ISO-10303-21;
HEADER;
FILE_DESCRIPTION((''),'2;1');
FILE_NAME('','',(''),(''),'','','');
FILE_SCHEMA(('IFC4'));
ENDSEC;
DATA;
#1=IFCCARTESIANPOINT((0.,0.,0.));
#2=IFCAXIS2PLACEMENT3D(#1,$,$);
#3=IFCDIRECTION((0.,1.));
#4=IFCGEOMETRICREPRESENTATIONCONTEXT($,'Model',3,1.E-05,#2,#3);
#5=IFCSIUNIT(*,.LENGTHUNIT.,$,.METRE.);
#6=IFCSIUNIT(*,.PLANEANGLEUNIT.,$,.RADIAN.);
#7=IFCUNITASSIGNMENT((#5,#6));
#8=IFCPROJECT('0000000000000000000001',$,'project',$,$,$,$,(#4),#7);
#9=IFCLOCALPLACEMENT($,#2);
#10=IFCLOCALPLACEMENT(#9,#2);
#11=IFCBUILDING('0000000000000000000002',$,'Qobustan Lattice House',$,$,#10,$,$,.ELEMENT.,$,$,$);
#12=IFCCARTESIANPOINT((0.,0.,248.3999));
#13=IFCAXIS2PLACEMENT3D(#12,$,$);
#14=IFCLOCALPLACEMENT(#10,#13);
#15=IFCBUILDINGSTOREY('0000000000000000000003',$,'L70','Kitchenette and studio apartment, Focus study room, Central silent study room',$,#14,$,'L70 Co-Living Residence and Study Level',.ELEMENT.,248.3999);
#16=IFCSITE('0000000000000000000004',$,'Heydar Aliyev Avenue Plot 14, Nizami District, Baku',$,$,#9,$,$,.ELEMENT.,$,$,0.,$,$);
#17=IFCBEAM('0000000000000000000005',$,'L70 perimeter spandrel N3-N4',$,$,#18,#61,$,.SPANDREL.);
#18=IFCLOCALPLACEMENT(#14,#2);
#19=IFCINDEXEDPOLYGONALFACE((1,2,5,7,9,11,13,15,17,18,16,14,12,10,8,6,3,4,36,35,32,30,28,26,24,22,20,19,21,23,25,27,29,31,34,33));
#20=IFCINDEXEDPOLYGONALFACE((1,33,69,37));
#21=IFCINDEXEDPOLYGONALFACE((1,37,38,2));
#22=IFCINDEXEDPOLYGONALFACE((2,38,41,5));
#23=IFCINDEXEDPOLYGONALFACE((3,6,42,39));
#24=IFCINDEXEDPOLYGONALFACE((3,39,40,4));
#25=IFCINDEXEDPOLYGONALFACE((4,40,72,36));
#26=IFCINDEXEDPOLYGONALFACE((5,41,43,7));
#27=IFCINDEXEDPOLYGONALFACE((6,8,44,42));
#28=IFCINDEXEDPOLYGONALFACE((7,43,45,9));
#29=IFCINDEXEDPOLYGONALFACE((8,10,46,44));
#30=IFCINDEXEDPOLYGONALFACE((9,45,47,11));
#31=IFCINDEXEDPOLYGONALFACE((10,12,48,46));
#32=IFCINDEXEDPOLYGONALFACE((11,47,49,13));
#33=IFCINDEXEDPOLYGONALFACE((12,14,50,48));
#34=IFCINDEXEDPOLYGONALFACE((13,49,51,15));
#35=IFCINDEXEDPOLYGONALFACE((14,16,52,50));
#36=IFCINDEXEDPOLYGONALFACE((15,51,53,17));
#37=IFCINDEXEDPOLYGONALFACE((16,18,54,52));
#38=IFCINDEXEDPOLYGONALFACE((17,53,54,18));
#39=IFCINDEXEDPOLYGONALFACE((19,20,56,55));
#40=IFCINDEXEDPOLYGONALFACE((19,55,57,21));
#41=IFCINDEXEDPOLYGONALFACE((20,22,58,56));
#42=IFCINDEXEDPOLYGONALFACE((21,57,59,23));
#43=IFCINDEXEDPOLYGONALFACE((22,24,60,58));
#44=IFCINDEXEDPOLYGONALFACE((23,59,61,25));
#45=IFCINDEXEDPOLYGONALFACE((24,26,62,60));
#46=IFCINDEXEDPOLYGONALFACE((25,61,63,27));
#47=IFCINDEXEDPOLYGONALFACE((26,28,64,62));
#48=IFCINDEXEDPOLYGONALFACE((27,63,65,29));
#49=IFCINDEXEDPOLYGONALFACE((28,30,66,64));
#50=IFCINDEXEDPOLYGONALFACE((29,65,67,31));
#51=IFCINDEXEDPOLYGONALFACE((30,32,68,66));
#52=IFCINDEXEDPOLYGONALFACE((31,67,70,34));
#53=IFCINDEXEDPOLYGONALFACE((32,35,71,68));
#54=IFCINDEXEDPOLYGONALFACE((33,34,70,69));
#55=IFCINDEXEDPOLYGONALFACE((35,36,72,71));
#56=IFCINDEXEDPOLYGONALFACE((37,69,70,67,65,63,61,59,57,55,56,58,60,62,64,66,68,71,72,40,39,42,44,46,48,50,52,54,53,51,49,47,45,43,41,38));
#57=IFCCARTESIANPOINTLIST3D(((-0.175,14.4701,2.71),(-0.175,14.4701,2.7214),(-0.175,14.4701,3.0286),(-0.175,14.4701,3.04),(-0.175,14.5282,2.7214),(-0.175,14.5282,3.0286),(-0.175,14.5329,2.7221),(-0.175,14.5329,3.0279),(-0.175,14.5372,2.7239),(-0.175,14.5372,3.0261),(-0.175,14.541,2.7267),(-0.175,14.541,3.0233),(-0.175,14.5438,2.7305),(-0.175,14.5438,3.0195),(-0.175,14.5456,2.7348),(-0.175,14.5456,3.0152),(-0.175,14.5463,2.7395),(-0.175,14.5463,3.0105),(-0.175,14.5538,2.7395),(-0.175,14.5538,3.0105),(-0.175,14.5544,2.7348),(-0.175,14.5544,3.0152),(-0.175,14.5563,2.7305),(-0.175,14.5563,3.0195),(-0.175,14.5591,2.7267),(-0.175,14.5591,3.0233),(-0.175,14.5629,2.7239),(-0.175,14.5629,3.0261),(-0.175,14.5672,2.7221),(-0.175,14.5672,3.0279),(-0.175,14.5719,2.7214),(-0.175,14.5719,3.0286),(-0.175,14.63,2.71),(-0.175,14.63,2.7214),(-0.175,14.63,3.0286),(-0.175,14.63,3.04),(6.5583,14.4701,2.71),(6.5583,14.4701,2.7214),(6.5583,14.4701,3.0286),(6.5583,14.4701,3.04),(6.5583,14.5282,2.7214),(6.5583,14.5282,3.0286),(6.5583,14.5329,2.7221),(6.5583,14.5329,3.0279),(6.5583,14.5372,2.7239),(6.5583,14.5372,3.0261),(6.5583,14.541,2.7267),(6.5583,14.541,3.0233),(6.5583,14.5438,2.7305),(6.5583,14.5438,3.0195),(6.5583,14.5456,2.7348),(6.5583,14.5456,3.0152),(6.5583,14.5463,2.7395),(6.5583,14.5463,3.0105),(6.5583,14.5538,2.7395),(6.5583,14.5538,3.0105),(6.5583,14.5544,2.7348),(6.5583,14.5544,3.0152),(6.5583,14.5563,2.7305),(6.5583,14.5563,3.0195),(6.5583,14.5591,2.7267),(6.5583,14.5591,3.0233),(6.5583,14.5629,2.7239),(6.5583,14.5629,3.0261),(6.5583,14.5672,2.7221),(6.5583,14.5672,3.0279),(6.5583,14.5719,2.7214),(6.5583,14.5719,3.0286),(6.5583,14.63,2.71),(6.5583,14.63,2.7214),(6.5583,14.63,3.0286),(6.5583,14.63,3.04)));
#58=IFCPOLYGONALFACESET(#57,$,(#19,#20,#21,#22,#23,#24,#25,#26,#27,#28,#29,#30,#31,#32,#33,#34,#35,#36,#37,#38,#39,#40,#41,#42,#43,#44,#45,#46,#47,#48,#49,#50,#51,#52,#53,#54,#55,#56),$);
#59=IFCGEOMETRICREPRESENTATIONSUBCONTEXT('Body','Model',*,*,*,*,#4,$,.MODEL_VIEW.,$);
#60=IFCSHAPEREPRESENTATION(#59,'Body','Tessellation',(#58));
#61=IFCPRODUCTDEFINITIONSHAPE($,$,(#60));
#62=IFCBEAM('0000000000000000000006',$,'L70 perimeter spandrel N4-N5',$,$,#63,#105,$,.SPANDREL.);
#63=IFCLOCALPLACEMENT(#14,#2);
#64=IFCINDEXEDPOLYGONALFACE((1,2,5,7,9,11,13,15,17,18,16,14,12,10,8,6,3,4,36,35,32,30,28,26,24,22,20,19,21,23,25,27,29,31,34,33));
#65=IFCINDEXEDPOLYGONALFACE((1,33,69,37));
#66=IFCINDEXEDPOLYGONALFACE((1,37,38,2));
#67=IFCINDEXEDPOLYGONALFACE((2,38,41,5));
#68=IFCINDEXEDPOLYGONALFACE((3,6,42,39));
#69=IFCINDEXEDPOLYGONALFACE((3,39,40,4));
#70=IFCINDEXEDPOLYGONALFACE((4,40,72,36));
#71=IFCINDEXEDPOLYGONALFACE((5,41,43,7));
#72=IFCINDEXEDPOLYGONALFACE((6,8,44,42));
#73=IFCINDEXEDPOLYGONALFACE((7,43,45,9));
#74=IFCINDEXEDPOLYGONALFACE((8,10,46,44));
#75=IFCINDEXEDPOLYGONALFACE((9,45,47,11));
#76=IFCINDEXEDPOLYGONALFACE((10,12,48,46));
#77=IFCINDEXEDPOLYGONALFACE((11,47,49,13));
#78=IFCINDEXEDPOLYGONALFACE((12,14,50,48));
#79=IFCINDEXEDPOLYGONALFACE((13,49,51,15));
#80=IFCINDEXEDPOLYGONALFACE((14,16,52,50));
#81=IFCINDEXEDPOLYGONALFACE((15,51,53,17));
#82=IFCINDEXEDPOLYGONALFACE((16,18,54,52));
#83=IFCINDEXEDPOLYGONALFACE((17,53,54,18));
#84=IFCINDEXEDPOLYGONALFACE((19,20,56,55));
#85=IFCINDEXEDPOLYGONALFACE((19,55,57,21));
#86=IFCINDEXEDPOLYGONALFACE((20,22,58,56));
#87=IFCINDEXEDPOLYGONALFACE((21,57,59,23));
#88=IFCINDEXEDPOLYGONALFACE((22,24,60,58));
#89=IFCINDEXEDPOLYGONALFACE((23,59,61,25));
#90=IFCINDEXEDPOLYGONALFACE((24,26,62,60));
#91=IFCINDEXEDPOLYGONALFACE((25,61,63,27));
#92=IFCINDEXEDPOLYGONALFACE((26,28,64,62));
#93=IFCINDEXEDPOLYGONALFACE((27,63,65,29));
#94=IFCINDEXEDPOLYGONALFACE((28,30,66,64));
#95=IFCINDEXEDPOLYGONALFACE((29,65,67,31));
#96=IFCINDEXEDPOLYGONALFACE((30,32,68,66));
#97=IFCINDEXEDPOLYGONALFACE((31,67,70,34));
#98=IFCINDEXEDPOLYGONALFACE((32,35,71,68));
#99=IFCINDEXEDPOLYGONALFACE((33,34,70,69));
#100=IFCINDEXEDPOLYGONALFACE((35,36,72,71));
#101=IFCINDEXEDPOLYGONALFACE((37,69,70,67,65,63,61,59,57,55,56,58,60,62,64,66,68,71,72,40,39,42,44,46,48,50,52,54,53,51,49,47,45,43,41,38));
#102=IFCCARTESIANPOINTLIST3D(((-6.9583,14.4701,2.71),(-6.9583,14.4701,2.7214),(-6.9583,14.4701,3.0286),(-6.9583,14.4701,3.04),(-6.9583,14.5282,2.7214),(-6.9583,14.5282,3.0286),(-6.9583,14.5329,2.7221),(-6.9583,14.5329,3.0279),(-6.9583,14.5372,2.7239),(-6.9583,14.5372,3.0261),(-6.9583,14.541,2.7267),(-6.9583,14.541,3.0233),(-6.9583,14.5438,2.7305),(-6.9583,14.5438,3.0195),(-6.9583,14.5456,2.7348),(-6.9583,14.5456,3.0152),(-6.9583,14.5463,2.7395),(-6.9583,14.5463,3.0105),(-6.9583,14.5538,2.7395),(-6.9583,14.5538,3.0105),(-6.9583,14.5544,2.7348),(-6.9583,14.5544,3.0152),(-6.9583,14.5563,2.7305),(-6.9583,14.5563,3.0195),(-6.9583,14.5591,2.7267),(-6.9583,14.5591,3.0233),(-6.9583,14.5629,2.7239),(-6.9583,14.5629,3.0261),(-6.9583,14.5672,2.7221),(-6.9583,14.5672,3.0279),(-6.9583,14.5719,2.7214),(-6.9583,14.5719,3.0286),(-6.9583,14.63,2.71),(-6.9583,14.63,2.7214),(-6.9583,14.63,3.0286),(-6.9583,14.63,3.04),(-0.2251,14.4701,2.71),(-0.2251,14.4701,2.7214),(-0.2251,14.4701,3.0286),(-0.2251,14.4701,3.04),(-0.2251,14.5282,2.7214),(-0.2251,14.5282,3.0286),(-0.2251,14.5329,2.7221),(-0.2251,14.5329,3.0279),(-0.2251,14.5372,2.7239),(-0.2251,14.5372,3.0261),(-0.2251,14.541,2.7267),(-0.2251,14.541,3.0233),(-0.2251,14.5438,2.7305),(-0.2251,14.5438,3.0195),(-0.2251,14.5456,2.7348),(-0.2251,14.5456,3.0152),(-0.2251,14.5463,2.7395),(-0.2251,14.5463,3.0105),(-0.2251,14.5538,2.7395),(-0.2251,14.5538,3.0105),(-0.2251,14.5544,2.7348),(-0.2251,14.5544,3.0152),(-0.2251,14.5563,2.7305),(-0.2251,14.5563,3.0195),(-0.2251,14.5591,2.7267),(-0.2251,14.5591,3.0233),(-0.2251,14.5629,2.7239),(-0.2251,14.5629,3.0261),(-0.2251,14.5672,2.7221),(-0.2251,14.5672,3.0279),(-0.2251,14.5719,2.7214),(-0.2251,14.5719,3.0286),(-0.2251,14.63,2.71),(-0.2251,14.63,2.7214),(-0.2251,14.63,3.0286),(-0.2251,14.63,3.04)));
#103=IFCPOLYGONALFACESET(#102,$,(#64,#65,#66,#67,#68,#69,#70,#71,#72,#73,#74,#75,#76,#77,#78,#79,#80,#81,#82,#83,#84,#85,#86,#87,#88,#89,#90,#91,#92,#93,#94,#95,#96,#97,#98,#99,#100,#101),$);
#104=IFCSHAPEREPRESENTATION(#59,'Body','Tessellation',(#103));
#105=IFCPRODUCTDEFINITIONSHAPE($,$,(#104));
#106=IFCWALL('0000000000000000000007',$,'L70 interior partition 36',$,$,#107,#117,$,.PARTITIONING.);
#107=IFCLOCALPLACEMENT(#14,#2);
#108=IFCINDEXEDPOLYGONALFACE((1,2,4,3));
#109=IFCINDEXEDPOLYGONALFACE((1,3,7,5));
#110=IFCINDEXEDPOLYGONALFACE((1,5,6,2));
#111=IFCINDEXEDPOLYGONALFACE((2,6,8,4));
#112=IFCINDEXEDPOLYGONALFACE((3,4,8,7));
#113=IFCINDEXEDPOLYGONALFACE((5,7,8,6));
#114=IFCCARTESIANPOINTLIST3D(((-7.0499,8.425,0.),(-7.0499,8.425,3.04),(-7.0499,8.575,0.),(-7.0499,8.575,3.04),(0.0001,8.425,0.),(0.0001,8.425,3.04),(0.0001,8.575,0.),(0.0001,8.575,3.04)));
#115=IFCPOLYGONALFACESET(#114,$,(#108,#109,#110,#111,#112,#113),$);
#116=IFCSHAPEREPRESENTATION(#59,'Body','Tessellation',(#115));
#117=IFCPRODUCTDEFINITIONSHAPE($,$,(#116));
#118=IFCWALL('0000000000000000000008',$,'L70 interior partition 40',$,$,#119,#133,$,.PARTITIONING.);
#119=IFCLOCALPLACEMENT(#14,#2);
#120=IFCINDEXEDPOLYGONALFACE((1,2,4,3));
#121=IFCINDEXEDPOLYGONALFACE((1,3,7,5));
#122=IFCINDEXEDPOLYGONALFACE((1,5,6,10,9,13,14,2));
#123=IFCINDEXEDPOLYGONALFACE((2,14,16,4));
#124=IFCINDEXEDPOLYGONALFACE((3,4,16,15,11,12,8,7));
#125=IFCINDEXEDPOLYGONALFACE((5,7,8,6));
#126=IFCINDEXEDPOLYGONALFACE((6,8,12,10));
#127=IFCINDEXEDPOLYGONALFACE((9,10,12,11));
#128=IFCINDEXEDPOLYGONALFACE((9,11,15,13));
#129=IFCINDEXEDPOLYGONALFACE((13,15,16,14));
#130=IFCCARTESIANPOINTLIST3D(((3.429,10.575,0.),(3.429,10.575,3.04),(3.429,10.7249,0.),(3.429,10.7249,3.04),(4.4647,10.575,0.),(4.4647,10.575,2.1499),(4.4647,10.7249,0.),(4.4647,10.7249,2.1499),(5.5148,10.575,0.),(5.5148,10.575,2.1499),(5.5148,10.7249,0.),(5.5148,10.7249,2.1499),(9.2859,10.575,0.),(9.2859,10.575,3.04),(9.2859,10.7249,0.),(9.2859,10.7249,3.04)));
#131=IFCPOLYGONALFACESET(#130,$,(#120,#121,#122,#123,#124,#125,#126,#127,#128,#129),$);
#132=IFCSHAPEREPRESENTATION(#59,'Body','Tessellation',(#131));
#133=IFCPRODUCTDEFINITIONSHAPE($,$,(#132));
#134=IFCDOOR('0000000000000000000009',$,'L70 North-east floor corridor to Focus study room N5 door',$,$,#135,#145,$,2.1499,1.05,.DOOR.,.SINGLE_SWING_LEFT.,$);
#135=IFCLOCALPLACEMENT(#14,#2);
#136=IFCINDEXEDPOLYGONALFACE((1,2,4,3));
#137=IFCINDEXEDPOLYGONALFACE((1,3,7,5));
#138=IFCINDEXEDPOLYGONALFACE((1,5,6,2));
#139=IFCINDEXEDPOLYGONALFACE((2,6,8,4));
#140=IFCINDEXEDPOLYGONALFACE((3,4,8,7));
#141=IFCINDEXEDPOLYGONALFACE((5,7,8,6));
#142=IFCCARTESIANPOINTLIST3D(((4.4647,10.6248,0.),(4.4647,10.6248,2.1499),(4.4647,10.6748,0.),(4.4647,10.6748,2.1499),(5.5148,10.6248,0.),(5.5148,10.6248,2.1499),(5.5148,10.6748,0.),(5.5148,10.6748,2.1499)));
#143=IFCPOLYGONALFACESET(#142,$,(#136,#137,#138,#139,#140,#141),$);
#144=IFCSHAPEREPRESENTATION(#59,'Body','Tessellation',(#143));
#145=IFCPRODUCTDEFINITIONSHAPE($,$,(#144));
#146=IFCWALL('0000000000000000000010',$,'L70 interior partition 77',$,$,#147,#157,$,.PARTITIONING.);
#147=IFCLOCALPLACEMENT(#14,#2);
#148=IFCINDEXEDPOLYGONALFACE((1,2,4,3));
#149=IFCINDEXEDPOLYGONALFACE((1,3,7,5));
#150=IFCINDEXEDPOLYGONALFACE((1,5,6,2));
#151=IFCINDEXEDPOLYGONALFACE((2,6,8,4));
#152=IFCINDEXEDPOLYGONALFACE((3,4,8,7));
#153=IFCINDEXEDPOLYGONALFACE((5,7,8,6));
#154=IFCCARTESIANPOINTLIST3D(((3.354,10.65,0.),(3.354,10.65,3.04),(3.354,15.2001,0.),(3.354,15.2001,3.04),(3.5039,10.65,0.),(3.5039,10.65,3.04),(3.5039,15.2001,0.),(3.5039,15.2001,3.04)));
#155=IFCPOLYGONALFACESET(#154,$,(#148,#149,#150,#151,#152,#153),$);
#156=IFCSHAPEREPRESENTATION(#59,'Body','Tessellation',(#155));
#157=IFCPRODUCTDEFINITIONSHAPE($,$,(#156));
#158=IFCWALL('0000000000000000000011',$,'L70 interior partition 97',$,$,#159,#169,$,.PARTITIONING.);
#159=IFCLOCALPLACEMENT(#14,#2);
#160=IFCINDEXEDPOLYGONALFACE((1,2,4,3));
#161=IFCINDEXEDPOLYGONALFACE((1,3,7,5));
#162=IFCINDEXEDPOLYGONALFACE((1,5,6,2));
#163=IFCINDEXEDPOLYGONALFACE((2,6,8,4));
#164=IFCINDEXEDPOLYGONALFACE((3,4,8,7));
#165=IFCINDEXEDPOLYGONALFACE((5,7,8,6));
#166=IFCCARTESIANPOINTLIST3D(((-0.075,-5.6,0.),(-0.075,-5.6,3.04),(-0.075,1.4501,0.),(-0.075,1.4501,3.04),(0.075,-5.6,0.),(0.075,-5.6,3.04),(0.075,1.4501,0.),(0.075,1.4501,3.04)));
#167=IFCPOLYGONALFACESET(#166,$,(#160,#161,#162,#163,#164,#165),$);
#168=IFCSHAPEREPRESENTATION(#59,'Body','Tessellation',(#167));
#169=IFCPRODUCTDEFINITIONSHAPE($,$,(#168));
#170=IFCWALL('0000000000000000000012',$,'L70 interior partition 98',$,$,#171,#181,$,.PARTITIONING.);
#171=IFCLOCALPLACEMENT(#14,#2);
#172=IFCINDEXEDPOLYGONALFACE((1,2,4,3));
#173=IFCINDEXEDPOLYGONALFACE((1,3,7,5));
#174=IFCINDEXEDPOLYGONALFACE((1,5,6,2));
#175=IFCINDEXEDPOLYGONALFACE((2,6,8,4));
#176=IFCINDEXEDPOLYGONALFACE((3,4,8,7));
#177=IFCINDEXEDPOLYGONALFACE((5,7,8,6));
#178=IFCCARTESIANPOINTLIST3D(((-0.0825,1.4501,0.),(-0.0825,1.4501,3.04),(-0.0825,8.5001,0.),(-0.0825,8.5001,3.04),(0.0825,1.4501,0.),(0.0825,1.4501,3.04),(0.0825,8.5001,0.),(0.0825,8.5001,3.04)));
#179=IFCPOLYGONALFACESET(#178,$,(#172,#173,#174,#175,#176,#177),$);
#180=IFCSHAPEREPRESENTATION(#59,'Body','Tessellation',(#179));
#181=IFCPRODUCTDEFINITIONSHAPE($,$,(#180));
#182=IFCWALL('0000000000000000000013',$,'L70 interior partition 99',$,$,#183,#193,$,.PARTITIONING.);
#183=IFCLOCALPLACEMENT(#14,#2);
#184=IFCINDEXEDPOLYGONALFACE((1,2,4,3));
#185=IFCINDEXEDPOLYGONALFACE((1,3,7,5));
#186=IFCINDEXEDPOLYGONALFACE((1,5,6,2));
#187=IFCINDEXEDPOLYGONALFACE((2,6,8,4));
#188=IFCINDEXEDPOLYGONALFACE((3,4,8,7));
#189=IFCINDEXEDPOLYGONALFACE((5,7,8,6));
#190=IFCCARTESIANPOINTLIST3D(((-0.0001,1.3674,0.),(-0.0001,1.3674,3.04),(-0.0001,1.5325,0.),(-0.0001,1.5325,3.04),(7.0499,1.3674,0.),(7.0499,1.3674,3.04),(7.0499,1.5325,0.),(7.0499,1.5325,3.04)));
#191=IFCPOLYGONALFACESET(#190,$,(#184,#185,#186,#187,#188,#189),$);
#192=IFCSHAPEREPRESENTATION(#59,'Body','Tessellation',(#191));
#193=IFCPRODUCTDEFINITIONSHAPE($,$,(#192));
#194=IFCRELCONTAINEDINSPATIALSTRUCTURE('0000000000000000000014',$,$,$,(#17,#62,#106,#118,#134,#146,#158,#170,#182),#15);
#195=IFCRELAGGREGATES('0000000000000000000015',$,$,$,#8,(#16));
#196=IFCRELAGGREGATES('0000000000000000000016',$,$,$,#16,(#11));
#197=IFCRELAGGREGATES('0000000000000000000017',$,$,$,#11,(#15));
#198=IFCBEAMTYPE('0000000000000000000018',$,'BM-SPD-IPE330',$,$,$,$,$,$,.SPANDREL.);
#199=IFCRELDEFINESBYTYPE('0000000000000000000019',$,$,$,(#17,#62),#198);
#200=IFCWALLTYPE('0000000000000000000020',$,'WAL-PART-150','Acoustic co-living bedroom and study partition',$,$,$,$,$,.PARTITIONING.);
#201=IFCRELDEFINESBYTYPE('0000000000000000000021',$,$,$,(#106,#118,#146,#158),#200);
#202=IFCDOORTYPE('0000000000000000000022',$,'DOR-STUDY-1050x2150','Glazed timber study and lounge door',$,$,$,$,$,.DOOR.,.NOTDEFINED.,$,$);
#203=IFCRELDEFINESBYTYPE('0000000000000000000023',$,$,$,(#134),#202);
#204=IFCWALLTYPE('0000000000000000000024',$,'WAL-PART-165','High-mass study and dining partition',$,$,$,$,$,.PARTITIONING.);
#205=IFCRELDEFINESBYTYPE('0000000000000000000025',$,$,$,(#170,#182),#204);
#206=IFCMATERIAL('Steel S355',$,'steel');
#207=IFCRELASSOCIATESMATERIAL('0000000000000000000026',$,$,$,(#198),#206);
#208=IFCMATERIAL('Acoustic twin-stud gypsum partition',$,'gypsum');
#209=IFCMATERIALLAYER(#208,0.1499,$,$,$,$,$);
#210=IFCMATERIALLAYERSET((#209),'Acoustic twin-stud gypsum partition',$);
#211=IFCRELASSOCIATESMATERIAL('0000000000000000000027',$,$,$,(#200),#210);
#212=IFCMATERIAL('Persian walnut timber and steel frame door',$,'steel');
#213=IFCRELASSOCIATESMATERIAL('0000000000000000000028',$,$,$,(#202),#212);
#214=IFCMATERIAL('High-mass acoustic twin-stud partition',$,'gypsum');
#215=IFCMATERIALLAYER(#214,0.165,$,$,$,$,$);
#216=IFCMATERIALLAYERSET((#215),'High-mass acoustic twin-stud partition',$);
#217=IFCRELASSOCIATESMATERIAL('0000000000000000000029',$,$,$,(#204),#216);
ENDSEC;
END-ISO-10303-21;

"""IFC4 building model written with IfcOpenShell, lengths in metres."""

from ifc_helpers import new_model, si_unit, direction, frame, frame_2d, origin, origin_2d, place, context, subcontext, project, spatial, rectangle, i_section, extrude, material, layer, layer_set, material_profile, profile_set, type_object, element, fill, save


model = new_model("IFC4")

# Units and contexts
model_context = context("Model", 3, precision=1e-05, world=origin(), true_north=direction((0.0, 1.0)))
body_context = subcontext(model_context, "Body", "Model", "MODEL_VIEW")
ifc_project = project(units=[si_unit("LENGTHUNIT", "METRE"), si_unit("PLANEANGLEUNIT", "RADIAN")], contexts=[model_context])

# Site, building, storey
site_placement = place(None, origin())
site = spatial("IfcSite", under=ifc_project, at=site_placement, Name="Heydar Aliyev Avenue Plot 14, Nizami District, Baku", CompositionType="ELEMENT", RefElevation=0.0)
building_placement = place(site_placement, origin())
building = spatial("IfcBuilding", under=site, at=building_placement, Name="Qobustan Lattice House", CompositionType="ELEMENT")
storey_placement = place(building_placement, frame((0.0, 0.0, 248.3999)))
storey = spatial("IfcBuildingStorey", under=building, at=storey_placement, Name="L70", Description="Kitchenette and studio apartment, Focus study room, Central silent study room", LongName="L70 Co-Living Residence and Study Level", CompositionType="ELEMENT", Elevation=248.3999)

# Beams
ifc_material_1 = material(Name="Steel S355", Category="steel")
ifc_material_profile_1 = material_profile(ifc_material_1, i_section(OverallWidth=0.1599, OverallDepth=0.3301, WebThickness=0.0076, FlangeThickness=0.0115, FilletRadius=0.0181, at=origin_2d()), Name="IPE330")
ifc_profile_set_1 = profile_set([ifc_material_profile_1], Name="Steel S355")
beam_type_1 = type_object("IfcBeamType", Name="BM-SPD-IPE330", PredefinedType="SPANDREL", material=ifc_profile_set_1)
beam_1_placement = place(storey_placement, frame((6.5583, 14.55, 2.875), z_axis=(-1.0, 0.0, 0.0), x_axis=(0.0, -1.0, 0.0)))
element("IfcBeam", 1, at=beam_1_placement, inside=storey, type_object=beam_type_1, Name="L70 perimeter spandrel N3-N4", PredefinedType="SPANDREL", context=body_context, shape_type="SweptSolid", body=[
    extrude(i_section(OverallWidth=0.1599, OverallDepth=0.3301, WebThickness=0.0076, FlangeThickness=0.0115, FilletRadius=0.0181, at=origin_2d()), origin(), (0.0, 0.0, 1.0), 6.7334),
])
beam_2_placement = place(storey_placement, frame((-0.2251, 14.55, 2.875), z_axis=(-1.0, 0.0, 0.0), x_axis=(0.0, -1.0, 0.0)))
element("IfcBeam", 2, at=beam_2_placement, inside=storey, type_object=beam_type_1, Name="L70 perimeter spandrel N4-N5", PredefinedType="SPANDREL", context=body_context, shape_type="SweptSolid", body=[
    extrude(i_section(OverallWidth=0.1599, OverallDepth=0.3301, WebThickness=0.0076, FlangeThickness=0.0115, FilletRadius=0.0181, at=origin_2d()), origin(), (0.0, 0.0, 1.0), 6.7332),
])

# Wall
ifc_material_2 = material(Name="Acoustic twin-stud gypsum partition", Category="gypsum")
ifc_layer_1 = layer(ifc_material_2, 0.1499)
ifc_layer_set_1 = layer_set([ifc_layer_1], Name="Acoustic twin-stud gypsum partition")
wall_type_1 = type_object("IfcWallType", Name="WAL-PART-150", Description="Acoustic co-living bedroom and study partition", PredefinedType="PARTITIONING", material=ifc_layer_set_1)
wall_1_placement = place(storey_placement, frame((0.0, 8.5, 0.0), z_axis=(0.0, 0.0, 1.0), x_axis=(-1.0, 0.0, 0.0)))
element("IfcWall", 3, at=wall_1_placement, inside=storey, type_object=wall_type_1, Name="L70 interior partition 36", PredefinedType="PARTITIONING", context=body_context, shape_type="SweptSolid", body=[
    extrude(rectangle(XDim=7.05, YDim=0.1499, at=frame_2d((3.5249, 0.0))), origin(), (0.0, 0.0, 1.0), 3.04),
])

# Wall, opening, door
ifc_material_3 = material(Name="Persian walnut timber and steel frame door", Category="steel")
door_type = type_object("IfcDoorType", Name="DOR-STUDY-1050x2150", Description="Glazed timber study and lounge door", OperationType="NOTDEFINED", PredefinedType="DOOR", material=ifc_material_3)
wall_2_placement = place(storey_placement, frame((3.429, 10.6499, 0.0), z_axis=(0.0, 0.0, 1.0), x_axis=(1.0, 0.0, 0.0)))
wall_2 = element("IfcWall", 4, at=wall_2_placement, inside=storey, type_object=wall_type_1, Name="L70 interior partition 40", PredefinedType="PARTITIONING", context=body_context, shape_type="SweptSolid", body=[
    extrude(rectangle(XDim=5.8569, YDim=0.1499, at=frame_2d((2.9285, 0.0))), origin(), (0.0, 0.0, 1.0), 3.04),
])
opening_1_placement = place(wall_2_placement, frame((1.0359, 0.0, 0.0)))
opening_1 = element("IfcOpeningElement", 5, at=opening_1_placement, cuts=wall_2, PredefinedType="OPENING", context=body_context, shape_type="SweptSolid", body=[
    extrude(rectangle(XDim=1.05, YDim=2.1499, at=frame_2d((0.5249, 1.075))), frame((0.0, 0.085, 0.0), z_axis=(0.0, -1.0, 0.0), x_axis=(1.0, 0.0, 0.0)), (0.0, 0.0, 1.0), 0.1699),
])
door_1_placement = place(opening_1_placement, origin())
door_1 = element("IfcDoor", 6, at=door_1_placement, inside=storey, type_object=door_type, Name="L70 North-east floor corridor to Focus study room N5 door", OperationType="SINGLE_SWING_LEFT", OverallHeight=2.1499, OverallWidth=1.05, PredefinedType="DOOR", context=body_context, shape_type="SweptSolid", body=[
    extrude(rectangle(XDim=1.05, YDim=2.1499, at=frame_2d((0.5249, 1.075))), frame((0.0, 0.0249, 0.0), z_axis=(0.0, -1.0, 0.0), x_axis=(1.0, 0.0, 0.0)), (0.0, 0.0, 1.0), 0.05),
])
fill(opening_1, door_1)

# Walls
wall_3_placement = place(storey_placement, frame((3.429, 15.2, 0.0), z_axis=(0.0, 0.0, 1.0), x_axis=(0.0, -1.0, 0.0)))
element("IfcWall", 7, at=wall_3_placement, inside=storey, type_object=wall_type_1, Name="L70 interior partition 77", PredefinedType="PARTITIONING", context=body_context, shape_type="SweptSolid", body=[
    extrude(rectangle(XDim=4.55, YDim=0.1499, at=frame_2d((2.2749, 0.0))), origin(), (0.0, 0.0, 1.0), 3.04),
])
wall_4_placement = place(storey_placement, frame((0.0, 1.45, 0.0), z_axis=(0.0, 0.0, 1.0), x_axis=(0.0, -1.0, 0.0)))
element("IfcWall", 8, at=wall_4_placement, inside=storey, type_object=wall_type_1, Name="L70 interior partition 97", PredefinedType="PARTITIONING", context=body_context, shape_type="SweptSolid", body=[
    extrude(rectangle(XDim=7.05, YDim=0.1499, at=frame_2d((3.5249, 0.0))), origin(), (0.0, 0.0, 1.0), 3.04),
])
ifc_material_4 = material(Name="High-mass acoustic twin-stud partition", Category="gypsum")
ifc_layer_2 = layer(ifc_material_4, 0.165)
ifc_layer_set_2 = layer_set([ifc_layer_2], Name="High-mass acoustic twin-stud partition")
wall_type_2 = type_object("IfcWallType", Name="WAL-PART-165", Description="High-mass study and dining partition", PredefinedType="PARTITIONING", material=ifc_layer_set_2)
for number, where, z_axis, x_axis, name in (
    (9, (0.0, 8.5, 0.0), (0.0, 0.0, 1.0), (0.0, -1.0, 0.0), "L70 interior partition 98"),
    (10, (0.0, 1.45, 0.0), (0.0, 0.0, 1.0), (1.0, 0.0, 0.0), "L70 interior partition 99"),
):
    element("IfcWall", number, at=place(storey_placement, frame(where, z_axis=z_axis, x_axis=x_axis)), inside=storey, type_object=wall_type_2, Name=name, PredefinedType="PARTITIONING", context=body_context, shape_type="SweptSolid", body=[
        extrude(rectangle(XDim=7.05, YDim=0.165, at=frame_2d((3.5249, 0.0))), origin(), (0.0, 0.0, 1.0), 3.04),
    ])

save(model, "model.ifc")
